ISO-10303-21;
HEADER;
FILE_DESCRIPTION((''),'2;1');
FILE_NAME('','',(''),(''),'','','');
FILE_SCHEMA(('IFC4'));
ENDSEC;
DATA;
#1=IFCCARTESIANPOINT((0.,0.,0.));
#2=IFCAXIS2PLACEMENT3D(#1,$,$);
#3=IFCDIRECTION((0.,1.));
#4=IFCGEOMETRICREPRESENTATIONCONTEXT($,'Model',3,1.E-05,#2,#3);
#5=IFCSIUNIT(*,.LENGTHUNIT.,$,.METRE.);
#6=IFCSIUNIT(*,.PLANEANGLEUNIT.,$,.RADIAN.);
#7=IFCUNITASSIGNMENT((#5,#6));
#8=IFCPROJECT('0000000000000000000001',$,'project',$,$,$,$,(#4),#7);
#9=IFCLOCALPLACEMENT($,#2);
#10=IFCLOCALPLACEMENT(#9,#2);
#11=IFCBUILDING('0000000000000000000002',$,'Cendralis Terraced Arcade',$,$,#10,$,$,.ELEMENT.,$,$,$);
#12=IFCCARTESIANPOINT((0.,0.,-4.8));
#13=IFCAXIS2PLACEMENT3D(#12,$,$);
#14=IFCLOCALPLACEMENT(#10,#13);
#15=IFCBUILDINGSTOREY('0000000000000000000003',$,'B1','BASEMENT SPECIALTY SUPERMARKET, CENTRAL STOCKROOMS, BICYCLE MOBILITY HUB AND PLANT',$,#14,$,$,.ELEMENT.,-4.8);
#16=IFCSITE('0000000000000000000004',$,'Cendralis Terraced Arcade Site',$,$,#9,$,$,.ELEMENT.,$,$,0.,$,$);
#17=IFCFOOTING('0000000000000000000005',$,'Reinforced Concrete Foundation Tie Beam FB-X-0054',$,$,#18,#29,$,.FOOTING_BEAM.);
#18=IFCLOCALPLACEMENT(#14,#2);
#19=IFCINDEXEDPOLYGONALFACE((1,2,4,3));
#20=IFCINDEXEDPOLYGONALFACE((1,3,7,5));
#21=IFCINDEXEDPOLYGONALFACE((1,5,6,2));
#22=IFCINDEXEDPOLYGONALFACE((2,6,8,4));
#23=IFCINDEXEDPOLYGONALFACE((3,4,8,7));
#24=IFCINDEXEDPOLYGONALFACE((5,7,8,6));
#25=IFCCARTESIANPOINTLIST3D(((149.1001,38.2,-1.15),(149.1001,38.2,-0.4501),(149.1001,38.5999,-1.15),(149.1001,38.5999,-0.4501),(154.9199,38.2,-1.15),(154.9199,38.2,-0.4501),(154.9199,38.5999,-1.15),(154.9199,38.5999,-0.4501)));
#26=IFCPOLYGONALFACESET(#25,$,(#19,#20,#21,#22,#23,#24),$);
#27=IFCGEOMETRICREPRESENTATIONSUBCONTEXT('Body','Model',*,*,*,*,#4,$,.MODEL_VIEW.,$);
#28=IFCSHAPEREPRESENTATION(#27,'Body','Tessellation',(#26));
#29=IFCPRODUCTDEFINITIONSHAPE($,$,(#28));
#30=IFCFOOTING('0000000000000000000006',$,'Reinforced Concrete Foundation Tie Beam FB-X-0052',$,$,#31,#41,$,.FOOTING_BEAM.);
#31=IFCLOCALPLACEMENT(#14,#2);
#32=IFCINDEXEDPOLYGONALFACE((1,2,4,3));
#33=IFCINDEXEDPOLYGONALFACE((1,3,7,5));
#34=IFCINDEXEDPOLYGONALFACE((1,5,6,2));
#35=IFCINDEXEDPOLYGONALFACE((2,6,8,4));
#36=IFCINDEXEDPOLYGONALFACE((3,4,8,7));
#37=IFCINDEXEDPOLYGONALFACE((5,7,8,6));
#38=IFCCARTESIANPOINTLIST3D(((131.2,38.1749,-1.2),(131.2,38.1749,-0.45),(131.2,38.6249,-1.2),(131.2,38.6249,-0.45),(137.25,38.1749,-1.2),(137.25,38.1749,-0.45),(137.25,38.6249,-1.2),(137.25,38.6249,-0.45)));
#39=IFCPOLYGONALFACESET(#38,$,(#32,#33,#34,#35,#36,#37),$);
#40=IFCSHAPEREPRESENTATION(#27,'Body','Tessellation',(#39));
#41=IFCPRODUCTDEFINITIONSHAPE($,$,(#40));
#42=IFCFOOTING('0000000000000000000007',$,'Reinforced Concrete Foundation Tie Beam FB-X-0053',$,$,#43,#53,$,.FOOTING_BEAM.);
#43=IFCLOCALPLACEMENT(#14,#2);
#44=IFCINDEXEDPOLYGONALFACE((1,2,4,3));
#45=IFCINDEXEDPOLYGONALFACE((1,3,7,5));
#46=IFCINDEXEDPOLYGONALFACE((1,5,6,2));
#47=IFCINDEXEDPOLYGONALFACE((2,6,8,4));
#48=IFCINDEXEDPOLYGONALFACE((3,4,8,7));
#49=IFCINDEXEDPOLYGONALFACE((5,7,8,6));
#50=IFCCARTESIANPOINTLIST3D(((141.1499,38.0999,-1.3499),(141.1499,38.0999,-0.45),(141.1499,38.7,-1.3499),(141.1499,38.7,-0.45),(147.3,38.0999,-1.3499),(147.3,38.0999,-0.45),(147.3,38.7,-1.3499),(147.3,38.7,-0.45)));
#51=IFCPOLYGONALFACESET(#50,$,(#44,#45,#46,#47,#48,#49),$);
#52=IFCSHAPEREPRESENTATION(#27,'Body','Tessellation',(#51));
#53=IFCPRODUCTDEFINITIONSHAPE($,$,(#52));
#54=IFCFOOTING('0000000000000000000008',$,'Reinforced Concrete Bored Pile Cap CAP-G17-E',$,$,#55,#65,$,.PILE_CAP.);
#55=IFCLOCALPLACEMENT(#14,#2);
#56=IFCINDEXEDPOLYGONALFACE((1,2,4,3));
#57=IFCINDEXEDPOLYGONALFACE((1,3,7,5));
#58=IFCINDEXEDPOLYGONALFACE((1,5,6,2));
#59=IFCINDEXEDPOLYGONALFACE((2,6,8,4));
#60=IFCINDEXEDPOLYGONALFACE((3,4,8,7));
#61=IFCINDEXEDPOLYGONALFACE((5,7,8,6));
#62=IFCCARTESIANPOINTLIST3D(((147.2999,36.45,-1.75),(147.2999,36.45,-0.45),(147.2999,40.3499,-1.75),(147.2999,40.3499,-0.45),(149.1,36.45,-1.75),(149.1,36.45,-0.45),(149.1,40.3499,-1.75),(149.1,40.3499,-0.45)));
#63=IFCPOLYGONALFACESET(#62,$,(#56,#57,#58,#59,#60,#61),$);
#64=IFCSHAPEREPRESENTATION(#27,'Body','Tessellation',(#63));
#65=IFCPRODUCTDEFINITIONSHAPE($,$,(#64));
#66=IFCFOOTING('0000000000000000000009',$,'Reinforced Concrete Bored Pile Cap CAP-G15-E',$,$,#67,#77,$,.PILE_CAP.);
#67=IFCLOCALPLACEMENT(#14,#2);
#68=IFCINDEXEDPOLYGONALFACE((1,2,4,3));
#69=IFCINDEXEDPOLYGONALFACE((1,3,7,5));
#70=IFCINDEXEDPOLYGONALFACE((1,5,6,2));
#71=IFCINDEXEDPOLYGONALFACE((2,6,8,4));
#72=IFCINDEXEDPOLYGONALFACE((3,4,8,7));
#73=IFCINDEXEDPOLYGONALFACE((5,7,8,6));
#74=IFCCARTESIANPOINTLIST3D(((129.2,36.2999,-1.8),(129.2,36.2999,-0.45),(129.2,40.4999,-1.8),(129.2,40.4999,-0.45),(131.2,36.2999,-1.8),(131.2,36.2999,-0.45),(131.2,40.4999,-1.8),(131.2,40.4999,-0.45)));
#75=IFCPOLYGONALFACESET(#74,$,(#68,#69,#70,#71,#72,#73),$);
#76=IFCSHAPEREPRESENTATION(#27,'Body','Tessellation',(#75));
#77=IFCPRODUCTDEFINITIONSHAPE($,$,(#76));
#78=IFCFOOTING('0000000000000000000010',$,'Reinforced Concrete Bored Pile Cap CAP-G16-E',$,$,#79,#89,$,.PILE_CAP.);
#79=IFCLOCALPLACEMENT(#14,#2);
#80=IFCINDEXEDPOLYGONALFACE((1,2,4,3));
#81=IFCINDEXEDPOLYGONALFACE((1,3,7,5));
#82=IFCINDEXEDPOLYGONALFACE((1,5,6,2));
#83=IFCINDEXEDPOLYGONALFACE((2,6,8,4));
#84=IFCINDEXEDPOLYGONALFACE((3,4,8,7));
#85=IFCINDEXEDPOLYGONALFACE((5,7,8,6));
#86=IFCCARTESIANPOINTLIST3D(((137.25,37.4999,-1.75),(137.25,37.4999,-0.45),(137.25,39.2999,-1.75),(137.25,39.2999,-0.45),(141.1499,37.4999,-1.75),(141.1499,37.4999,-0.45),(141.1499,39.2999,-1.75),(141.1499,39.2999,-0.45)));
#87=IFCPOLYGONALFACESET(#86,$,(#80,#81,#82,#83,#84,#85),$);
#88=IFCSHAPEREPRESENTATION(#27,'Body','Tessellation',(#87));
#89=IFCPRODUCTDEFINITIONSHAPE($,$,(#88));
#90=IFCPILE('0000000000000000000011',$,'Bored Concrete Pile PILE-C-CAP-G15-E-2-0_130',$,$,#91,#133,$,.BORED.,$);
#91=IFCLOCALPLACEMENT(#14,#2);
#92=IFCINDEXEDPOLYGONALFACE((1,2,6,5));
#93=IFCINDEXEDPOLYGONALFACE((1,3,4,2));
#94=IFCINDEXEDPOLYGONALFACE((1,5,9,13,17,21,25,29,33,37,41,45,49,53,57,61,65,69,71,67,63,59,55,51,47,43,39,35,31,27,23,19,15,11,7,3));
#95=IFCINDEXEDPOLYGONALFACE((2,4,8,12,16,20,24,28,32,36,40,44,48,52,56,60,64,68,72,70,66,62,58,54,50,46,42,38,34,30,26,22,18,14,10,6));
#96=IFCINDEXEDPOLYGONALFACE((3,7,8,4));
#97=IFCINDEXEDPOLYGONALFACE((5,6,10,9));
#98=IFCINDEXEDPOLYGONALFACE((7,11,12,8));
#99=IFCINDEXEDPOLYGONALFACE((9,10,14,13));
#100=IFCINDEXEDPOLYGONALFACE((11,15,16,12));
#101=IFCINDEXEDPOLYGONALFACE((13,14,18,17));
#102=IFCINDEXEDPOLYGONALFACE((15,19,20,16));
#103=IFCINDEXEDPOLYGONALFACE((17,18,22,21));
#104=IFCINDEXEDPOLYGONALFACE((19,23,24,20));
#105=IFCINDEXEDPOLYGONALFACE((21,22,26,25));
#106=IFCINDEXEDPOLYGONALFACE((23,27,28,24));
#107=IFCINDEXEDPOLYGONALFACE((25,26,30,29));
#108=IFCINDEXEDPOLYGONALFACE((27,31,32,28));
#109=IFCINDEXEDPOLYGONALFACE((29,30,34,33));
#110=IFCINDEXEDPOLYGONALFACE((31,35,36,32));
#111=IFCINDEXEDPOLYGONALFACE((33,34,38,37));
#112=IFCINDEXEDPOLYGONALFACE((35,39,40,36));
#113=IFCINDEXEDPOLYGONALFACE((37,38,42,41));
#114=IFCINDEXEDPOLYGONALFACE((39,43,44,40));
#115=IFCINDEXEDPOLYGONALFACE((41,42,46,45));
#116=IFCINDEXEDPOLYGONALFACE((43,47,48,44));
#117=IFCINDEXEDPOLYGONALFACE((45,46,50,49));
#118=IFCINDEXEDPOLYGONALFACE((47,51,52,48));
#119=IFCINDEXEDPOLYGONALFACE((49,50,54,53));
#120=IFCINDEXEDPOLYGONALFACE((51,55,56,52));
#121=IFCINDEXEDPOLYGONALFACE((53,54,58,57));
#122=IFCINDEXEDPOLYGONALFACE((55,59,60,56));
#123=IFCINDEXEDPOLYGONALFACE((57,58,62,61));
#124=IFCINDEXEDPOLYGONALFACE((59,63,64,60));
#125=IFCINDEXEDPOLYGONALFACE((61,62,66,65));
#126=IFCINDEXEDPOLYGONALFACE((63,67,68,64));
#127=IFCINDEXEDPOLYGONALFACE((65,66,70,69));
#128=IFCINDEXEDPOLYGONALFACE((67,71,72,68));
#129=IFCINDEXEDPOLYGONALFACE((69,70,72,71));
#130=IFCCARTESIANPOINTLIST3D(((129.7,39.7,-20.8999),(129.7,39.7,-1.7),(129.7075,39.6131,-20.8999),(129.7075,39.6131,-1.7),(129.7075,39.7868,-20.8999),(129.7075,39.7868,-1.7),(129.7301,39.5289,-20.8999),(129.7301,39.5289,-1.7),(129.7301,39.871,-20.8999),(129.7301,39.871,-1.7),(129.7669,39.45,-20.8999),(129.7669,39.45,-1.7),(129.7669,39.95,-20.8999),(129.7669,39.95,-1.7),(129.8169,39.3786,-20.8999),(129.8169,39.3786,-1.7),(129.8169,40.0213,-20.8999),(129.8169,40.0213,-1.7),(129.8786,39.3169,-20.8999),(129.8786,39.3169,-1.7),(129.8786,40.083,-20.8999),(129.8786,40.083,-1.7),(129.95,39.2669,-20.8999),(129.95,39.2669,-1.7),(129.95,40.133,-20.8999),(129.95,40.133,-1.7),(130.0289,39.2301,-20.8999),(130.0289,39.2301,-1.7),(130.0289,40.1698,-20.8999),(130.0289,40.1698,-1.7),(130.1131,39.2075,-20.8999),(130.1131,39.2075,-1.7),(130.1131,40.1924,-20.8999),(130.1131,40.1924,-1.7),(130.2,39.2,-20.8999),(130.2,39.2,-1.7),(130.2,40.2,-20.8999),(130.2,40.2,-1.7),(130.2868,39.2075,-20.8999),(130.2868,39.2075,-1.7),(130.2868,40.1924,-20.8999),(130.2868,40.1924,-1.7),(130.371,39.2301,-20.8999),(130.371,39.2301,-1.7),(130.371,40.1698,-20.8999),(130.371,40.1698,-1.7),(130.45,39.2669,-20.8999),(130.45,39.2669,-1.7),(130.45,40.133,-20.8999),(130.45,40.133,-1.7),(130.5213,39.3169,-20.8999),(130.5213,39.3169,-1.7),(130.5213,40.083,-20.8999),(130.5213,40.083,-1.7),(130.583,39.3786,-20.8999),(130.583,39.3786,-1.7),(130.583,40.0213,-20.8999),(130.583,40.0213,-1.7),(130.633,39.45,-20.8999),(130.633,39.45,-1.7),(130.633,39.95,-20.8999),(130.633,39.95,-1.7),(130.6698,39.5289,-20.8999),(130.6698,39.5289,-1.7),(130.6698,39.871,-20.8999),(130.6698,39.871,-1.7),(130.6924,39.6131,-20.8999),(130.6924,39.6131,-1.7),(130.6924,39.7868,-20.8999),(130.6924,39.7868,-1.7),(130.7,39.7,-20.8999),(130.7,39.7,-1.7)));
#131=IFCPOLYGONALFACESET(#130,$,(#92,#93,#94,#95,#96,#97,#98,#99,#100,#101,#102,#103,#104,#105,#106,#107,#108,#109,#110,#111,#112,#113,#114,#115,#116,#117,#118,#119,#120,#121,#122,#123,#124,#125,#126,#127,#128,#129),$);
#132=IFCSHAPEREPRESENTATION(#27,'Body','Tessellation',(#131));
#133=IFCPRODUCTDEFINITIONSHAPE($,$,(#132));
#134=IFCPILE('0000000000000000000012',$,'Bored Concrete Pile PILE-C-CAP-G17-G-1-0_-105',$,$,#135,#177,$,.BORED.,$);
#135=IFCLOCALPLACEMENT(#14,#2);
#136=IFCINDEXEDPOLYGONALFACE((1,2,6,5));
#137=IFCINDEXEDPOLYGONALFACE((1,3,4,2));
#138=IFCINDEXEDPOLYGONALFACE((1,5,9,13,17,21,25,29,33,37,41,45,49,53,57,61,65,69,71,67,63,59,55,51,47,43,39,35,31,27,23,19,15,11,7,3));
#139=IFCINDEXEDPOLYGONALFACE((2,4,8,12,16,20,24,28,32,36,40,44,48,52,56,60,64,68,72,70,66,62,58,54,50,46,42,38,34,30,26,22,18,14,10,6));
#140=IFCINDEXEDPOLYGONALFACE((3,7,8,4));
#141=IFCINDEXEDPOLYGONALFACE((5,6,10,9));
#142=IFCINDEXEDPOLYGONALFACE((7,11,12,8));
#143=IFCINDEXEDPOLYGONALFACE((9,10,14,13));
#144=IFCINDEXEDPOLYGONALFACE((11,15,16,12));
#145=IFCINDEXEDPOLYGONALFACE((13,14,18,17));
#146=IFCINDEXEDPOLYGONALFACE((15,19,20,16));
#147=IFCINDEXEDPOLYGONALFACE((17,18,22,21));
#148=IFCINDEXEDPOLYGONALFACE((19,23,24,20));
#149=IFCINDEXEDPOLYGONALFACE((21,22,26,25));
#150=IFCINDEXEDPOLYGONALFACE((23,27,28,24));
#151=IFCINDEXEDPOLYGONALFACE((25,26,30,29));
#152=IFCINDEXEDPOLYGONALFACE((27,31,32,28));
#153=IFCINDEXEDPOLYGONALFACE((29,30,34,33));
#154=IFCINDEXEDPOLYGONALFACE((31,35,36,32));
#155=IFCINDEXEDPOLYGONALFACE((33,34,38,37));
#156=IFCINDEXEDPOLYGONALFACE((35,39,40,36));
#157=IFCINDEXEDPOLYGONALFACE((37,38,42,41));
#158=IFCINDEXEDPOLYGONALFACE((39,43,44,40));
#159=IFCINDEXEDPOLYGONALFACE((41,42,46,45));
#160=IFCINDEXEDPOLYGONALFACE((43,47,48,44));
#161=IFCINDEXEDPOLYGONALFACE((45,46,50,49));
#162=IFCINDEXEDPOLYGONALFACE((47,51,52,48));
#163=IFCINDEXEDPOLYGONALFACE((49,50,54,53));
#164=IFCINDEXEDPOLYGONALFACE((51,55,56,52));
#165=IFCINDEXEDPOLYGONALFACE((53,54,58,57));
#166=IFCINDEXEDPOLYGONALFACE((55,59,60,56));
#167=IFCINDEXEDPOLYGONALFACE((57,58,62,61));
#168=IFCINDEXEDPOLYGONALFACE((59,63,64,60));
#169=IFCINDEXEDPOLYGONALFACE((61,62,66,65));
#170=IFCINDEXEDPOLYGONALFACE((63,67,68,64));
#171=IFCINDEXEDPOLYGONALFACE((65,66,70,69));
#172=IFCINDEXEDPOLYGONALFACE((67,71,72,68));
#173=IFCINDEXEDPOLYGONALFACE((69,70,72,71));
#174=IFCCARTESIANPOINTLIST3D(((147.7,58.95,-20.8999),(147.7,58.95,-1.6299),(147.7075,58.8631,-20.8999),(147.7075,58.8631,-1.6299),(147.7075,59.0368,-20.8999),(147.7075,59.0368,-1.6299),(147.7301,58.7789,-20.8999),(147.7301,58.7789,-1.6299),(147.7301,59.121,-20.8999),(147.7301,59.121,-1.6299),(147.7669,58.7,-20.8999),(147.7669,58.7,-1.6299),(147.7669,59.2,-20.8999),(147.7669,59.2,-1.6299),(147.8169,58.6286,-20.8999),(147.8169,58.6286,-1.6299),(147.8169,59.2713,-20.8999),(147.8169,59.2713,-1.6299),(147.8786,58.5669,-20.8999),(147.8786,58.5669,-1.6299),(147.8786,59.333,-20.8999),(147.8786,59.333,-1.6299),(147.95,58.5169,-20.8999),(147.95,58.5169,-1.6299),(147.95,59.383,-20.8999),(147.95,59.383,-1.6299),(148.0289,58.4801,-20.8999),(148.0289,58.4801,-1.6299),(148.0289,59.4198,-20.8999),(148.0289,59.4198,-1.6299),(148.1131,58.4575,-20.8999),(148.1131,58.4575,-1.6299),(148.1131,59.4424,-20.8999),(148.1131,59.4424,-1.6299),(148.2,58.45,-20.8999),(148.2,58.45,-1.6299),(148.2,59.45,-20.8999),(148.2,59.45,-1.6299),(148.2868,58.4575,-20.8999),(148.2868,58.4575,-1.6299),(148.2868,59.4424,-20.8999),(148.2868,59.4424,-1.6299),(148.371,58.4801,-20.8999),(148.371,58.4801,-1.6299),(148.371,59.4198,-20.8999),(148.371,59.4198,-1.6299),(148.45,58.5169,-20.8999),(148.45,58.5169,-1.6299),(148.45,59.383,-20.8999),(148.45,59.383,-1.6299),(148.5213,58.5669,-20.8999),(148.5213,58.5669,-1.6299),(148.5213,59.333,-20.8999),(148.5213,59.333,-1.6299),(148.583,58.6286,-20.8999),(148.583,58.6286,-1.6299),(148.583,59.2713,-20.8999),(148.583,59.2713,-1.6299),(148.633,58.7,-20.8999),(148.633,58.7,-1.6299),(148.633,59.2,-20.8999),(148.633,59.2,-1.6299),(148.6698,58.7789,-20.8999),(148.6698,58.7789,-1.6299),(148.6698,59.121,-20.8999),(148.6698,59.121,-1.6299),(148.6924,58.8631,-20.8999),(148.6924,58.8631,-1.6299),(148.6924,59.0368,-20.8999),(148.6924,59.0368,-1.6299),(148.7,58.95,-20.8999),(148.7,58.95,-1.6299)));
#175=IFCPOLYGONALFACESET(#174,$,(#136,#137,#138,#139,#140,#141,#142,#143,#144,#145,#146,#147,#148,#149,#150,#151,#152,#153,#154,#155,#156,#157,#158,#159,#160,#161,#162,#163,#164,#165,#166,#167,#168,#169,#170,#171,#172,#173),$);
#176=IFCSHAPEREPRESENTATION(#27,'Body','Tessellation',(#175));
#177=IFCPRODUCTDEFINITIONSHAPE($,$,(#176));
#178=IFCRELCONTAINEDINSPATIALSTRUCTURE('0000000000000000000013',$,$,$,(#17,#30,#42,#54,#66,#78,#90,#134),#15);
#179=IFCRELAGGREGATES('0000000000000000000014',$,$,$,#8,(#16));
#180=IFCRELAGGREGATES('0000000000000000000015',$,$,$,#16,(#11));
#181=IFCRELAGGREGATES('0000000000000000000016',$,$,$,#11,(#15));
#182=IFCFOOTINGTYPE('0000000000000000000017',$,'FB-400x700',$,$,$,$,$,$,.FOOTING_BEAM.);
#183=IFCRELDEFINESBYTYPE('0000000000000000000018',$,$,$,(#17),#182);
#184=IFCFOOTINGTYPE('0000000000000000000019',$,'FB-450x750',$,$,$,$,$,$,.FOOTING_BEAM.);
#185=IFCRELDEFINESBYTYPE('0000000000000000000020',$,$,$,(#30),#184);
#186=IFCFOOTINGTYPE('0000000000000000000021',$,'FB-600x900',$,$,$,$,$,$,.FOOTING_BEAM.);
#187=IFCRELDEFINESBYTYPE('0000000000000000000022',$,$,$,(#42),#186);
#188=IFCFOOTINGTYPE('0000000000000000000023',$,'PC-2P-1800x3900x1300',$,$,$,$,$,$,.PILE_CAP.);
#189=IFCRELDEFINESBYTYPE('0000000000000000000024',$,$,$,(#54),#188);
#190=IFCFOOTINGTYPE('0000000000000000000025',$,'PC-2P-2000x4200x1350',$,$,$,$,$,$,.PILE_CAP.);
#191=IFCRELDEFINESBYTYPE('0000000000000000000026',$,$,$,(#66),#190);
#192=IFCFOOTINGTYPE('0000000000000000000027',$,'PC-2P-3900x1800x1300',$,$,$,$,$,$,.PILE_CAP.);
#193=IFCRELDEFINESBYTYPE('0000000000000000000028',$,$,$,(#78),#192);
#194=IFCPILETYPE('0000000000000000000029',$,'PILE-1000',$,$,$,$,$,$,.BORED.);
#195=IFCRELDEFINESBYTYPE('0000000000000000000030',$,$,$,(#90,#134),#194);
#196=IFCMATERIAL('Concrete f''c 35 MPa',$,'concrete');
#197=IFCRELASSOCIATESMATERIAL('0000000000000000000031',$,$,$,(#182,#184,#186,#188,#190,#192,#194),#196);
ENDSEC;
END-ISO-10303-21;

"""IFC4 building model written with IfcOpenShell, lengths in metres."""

from ifc_helpers import new_model, si_unit, direction, frame, origin, origin_2d, place, context, subcontext, project, spatial, rectangle, circle, extrude, material, material_profile, profile_set, type_object, element, save


model = new_model("IFC4")

# Units and contexts
model_context = context("Model", 3, precision=1e-05, world=origin(), true_north=direction((0.0, 1.0)))
body_context = subcontext(model_context, "Body", "Model", "MODEL_VIEW")
ifc_project = project(units=[si_unit("LENGTHUNIT", "METRE"), si_unit("PLANEANGLEUNIT", "RADIAN")], contexts=[model_context])

# Site, building, storey
site_placement = place(None, origin())
site = spatial("IfcSite", under=ifc_project, at=site_placement, Name="Cendralis Terraced Arcade Site", CompositionType="ELEMENT", RefElevation=0.0)
building_placement = place(site_placement, origin())
building = spatial("IfcBuilding", under=site, at=building_placement, Name="Cendralis Terraced Arcade", CompositionType="ELEMENT")
storey_placement = place(building_placement, frame((0.0, 0.0, -4.8)))
storey = spatial("IfcBuildingStorey", under=building, at=storey_placement, Name="B1", Description="BASEMENT SPECIALTY SUPERMARKET, CENTRAL STOCKROOMS, BICYCLE MOBILITY HUB AND PLANT", CompositionType="ELEMENT", Elevation=-4.8)

# Footings
ifc_material_1 = material(Name="Concrete f'c 35 MPa", Category="concrete")
ifc_material_profile_1 = material_profile(ifc_material_1, rectangle(XDim=0.3999, YDim=0.7, at=origin_2d()), Name="FB-400x700", Category="LoadBearing")
ifc_profile_set_1 = profile_set([ifc_material_profile_1], Name="Concrete f'c 35 MPa")
footing_type_1 = type_object("IfcFootingType", Name="FB-400x700", PredefinedType="FOOTING_BEAM", material=ifc_profile_set_1)
footing_1_placement = place(storey_placement, frame((149.1001, 38.3999, -0.8), z_axis=(1.0, 0.0, 0.0), x_axis=(0.0, 1.0, 0.0)))
element("IfcFooting", 1, at=footing_1_placement, inside=storey, type_object=footing_type_1, Name="Reinforced Concrete Foundation Tie Beam FB-X-0054", PredefinedType="FOOTING_BEAM", context=body_context, shape_type="SweptSolid", body=[
    extrude(rectangle(XDim=0.3999, YDim=0.7, at=origin_2d()), origin(), (0.0, 0.0, 1.0), 5.8198),
])
ifc_material_profile_2 = material_profile(ifc_material_1, rectangle(XDim=0.45, YDim=0.75, at=origin_2d()), Name="FB-450x750", Category="LoadBearing")
ifc_profile_set_2 = profile_set([ifc_material_profile_2], Name="Concrete f'c 35 MPa")
footing_type_2 = type_object("IfcFootingType", Name="FB-450x750", PredefinedType="FOOTING_BEAM", material=ifc_profile_set_2)
footing_2_placement = place(storey_placement, frame((131.2, 38.3999, -0.825), z_axis=(1.0, 0.0, 0.0), x_axis=(0.0, 1.0, 0.0)))
element("IfcFooting", 2, at=footing_2_placement, inside=storey, type_object=footing_type_2, Name="Reinforced Concrete Foundation Tie Beam FB-X-0052", PredefinedType="FOOTING_BEAM", context=body_context, shape_type="SweptSolid", body=[
    extrude(rectangle(XDim=0.45, YDim=0.75, at=origin_2d()), origin(), (0.0, 0.0, 1.0), 6.05),
])
ifc_material_profile_3 = material_profile(ifc_material_1, rectangle(XDim=0.6001, YDim=0.8999, at=origin_2d()), Name="FB-600x900", Category="LoadBearing")
ifc_profile_set_3 = profile_set([ifc_material_profile_3], Name="Concrete f'c 35 MPa")
footing_type_3 = type_object("IfcFootingType", Name="FB-600x900", PredefinedType="FOOTING_BEAM", material=ifc_profile_set_3)
footing_3_placement = place(storey_placement, frame((141.1499, 38.3999, -0.8999), z_axis=(1.0, 0.0, 0.0), x_axis=(0.0, 1.0, 0.0)))
element("IfcFooting", 3, at=footing_3_placement, inside=storey, type_object=footing_type_3, Name="Reinforced Concrete Foundation Tie Beam FB-X-0053", PredefinedType="FOOTING_BEAM", context=body_context, shape_type="SweptSolid", body=[
    extrude(rectangle(XDim=0.6001, YDim=0.8999, at=origin_2d()), origin(), (0.0, 0.0, 1.0), 6.1501),
])
footing_type_4 = type_object("IfcFootingType", Name="PC-2P-1800x3900x1300", PredefinedType="PILE_CAP", material=ifc_material_1)
footing_4_placement = place(storey_placement, frame((148.2, 38.3999, -1.75), z_axis=(0.0, 0.0, 1.0), x_axis=(1.0, 0.0, 0.0)))
element("IfcFooting", 4, at=footing_4_placement, inside=storey, type_object=footing_type_4, Name="Reinforced Concrete Bored Pile Cap CAP-G17-E", PredefinedType="PILE_CAP", context=body_context, shape_type="SweptSolid", body=[
    extrude(rectangle(XDim=1.8, YDim=3.8999, at=origin_2d()), origin(), (0.0, 0.0, 1.0), 1.3),
])
footing_type_5 = type_object("IfcFootingType", Name="PC-2P-2000x4200x1350", PredefinedType="PILE_CAP", material=ifc_material_1)
footing_5_placement = place(storey_placement, frame((130.2, 38.3999, -1.8), z_axis=(0.0, 0.0, 1.0), x_axis=(1.0, 0.0, 0.0)))
element("IfcFooting", 5, at=footing_5_placement, inside=storey, type_object=footing_type_5, Name="Reinforced Concrete Bored Pile Cap CAP-G15-E", PredefinedType="PILE_CAP", context=body_context, shape_type="SweptSolid", body=[
    extrude(rectangle(XDim=2.0, YDim=4.2, at=origin_2d()), origin(), (0.0, 0.0, 1.0), 1.3501),
])
footing_type_6 = type_object("IfcFootingType", Name="PC-2P-3900x1800x1300", PredefinedType="PILE_CAP", material=ifc_material_1)
footing_6_placement = place(storey_placement, frame((139.2, 38.3999, -1.75), z_axis=(0.0, 0.0, 1.0), x_axis=(1.0, 0.0, 0.0)))
element("IfcFooting", 6, at=footing_6_placement, inside=storey, type_object=footing_type_6, Name="Reinforced Concrete Bored Pile Cap CAP-G16-E", PredefinedType="PILE_CAP", context=body_context, shape_type="SweptSolid", body=[
    extrude(rectangle(XDim=3.8999, YDim=1.8, at=origin_2d()), origin(), (0.0, 0.0, 1.0), 1.3),
])

# Piles
ifc_material_profile_4 = material_profile(ifc_material_1, circle(Radius=0.5, at=origin_2d()), Name="PILE-D1000", Category="LoadBearing")
ifc_profile_set_4 = profile_set([ifc_material_profile_4], Name="Concrete f'c 35 MPa")
pile_type_1 = type_object("IfcPileType", Name="PILE-1000", PredefinedType="BORED", material=ifc_profile_set_4)
pile_1_placement = place(storey_placement, frame((130.2, 39.7, -1.7), z_axis=(0.0, 0.0, -1.0), x_axis=(1.0, 0.0, 0.0)))
element("IfcPile", 7, at=pile_1_placement, inside=storey, type_object=pile_type_1, Name="Bored Concrete Pile PILE-C-CAP-G15-E-2-0_130", PredefinedType="BORED", context=body_context, shape_type="SweptSolid", body=[
    extrude(circle(Radius=0.5, at=origin_2d()), origin(), (0.0, 0.0, 1.0), 19.2),
])
pile_2_placement = place(storey_placement, frame((148.2, 58.95, -1.6299), z_axis=(0.0, 0.0, -1.0), x_axis=(1.0, 0.0, 0.0)))
element("IfcPile", 8, at=pile_2_placement, inside=storey, type_object=pile_type_1, Name="Bored Concrete Pile PILE-C-CAP-G17-G-1-0_-105", PredefinedType="BORED", context=body_context, shape_type="SweptSolid", body=[
    extrude(circle(Radius=0.5, at=origin_2d()), origin(), (0.0, 0.0, 1.0), 19.27),
])

save(model, "model.ifc")
